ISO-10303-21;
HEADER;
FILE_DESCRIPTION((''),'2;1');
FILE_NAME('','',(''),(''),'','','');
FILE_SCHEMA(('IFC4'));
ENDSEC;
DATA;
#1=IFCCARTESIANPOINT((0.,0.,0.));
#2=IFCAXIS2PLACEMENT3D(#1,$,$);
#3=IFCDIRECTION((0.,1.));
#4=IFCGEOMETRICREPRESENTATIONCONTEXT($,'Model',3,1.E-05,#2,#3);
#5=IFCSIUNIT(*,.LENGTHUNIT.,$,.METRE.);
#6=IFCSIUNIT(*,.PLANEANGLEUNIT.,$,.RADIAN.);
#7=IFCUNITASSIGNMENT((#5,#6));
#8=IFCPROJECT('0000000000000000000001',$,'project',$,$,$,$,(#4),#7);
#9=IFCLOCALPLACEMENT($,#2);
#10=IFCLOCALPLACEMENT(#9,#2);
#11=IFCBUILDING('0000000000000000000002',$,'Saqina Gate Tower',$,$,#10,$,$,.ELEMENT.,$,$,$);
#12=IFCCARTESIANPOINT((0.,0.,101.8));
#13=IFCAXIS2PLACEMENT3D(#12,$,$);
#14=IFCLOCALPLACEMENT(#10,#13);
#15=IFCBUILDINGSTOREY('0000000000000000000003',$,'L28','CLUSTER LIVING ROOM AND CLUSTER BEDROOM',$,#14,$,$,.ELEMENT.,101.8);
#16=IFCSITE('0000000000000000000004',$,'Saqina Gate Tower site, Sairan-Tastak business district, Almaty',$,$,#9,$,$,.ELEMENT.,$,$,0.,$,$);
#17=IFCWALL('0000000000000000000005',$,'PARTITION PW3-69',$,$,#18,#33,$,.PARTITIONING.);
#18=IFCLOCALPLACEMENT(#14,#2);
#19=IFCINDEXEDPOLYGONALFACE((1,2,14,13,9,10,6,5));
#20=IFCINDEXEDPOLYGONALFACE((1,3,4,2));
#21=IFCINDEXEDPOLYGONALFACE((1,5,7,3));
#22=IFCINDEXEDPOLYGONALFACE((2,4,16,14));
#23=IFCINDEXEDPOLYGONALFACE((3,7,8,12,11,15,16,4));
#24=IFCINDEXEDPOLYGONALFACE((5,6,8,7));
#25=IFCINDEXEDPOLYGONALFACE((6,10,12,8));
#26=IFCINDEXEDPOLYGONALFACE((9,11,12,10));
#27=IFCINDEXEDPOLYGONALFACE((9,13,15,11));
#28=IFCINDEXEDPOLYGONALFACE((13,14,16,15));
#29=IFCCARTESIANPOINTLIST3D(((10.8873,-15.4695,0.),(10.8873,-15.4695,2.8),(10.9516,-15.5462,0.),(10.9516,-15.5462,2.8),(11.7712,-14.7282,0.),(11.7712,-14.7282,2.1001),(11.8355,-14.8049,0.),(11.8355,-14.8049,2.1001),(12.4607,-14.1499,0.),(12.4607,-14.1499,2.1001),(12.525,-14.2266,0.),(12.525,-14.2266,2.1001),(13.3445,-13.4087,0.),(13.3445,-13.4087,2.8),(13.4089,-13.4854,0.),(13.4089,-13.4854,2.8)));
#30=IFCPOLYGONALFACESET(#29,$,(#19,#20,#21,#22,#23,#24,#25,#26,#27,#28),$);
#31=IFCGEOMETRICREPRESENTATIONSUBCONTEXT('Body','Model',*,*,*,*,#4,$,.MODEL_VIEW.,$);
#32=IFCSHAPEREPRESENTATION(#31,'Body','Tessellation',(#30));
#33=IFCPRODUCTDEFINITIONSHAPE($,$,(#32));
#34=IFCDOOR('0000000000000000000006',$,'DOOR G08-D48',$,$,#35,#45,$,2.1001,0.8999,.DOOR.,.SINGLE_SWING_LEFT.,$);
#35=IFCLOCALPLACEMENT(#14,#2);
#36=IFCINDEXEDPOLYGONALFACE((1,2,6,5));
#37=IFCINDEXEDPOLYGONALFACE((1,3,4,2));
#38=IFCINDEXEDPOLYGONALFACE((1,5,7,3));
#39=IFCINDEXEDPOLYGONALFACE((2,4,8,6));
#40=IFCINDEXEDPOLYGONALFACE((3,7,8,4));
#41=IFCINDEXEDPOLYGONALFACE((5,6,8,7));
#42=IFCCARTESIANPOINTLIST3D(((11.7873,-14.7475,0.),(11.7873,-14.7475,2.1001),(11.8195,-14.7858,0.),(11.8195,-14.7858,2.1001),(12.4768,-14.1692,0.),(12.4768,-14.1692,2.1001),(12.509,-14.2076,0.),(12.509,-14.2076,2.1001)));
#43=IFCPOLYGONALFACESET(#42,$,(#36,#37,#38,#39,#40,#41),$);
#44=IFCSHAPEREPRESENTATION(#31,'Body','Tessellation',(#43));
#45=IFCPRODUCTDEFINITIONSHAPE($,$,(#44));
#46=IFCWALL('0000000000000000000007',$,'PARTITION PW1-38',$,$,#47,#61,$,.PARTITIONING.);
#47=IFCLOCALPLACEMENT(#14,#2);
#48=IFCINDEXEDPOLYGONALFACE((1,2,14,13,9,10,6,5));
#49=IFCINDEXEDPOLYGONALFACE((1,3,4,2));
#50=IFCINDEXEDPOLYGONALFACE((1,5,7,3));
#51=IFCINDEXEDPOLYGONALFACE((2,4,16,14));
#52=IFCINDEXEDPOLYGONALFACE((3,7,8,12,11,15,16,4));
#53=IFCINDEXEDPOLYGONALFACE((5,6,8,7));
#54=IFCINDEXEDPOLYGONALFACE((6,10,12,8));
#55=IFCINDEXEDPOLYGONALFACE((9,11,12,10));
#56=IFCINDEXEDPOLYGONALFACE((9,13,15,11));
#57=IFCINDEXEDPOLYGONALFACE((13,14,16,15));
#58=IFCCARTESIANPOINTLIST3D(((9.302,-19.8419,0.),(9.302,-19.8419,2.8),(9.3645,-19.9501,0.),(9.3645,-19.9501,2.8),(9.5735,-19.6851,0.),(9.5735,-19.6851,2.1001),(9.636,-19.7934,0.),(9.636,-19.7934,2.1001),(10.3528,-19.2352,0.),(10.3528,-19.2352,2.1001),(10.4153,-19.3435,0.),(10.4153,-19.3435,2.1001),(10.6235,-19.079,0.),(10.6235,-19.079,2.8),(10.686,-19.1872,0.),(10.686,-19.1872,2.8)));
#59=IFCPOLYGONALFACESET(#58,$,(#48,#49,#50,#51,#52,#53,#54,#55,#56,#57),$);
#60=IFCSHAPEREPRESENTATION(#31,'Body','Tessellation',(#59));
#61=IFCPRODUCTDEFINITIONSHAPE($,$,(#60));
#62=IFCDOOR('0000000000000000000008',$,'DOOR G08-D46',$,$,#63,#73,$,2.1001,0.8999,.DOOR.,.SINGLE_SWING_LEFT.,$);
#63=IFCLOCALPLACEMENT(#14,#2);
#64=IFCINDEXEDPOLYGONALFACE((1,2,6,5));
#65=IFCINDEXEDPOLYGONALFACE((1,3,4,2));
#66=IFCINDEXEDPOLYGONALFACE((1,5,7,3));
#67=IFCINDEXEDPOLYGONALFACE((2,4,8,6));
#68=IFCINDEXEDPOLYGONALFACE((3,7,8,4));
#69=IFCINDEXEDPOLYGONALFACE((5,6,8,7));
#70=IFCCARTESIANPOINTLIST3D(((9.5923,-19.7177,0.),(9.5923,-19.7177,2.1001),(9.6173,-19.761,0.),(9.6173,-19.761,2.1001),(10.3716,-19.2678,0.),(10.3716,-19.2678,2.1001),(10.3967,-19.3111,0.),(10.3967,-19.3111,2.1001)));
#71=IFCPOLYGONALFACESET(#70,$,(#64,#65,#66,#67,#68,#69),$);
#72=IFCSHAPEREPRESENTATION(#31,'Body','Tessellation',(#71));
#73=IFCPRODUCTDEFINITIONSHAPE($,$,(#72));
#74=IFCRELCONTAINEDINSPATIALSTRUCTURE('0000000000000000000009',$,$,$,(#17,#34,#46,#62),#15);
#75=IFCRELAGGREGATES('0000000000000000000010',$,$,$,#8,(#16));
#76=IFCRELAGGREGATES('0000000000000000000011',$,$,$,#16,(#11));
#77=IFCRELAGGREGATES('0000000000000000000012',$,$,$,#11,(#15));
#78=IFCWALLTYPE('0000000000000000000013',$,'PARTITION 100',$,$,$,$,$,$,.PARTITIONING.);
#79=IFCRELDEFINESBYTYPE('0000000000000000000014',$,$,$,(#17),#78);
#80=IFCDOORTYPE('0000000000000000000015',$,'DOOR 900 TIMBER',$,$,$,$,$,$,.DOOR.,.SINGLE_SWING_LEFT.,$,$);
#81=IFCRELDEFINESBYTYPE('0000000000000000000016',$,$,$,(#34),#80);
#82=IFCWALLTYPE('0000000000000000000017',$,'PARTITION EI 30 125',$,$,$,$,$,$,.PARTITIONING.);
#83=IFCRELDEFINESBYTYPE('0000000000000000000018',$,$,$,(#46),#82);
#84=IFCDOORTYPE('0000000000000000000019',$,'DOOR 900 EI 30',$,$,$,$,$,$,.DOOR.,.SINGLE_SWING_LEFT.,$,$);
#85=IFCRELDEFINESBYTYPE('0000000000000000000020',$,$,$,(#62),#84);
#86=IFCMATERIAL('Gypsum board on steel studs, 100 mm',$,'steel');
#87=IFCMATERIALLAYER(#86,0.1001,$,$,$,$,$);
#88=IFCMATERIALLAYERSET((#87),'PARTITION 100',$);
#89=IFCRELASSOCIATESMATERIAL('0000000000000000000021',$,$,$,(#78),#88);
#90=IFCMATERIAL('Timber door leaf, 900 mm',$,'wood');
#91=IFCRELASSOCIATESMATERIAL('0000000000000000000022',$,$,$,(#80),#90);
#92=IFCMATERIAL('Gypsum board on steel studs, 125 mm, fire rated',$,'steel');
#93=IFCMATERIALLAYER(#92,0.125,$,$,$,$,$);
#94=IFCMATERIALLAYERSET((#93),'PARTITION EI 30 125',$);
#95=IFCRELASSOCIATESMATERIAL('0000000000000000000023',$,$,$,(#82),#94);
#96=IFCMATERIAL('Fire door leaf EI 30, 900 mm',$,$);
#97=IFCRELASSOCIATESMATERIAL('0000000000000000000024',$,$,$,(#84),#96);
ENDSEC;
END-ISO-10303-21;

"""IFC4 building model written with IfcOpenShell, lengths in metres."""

from ifc_helpers import new_model, si_unit, direction, frame, frame_2d, origin, place, context, subcontext, project, spatial, rectangle, extrude, material, layer, layer_set, type_object, element, fill, save


model = new_model("IFC4")

# Units and contexts
model_context = context("Model", 3, precision=1e-05, world=origin(), true_north=direction((0.0, 1.0)))
body_context = subcontext(model_context, "Body", "Model", "MODEL_VIEW")
ifc_project = project(units=[si_unit("LENGTHUNIT", "METRE"), si_unit("PLANEANGLEUNIT", "RADIAN")], contexts=[model_context])

# Site, building, storey
site_placement = place(None, origin())
site = spatial("IfcSite", under=ifc_project, at=site_placement, Name="Saqina Gate Tower site, Sairan-Tastak business district, Almaty", CompositionType="ELEMENT", RefElevation=0.0)
building_placement = place(site_placement, origin())
building = spatial("IfcBuilding", under=site, at=building_placement, Name="Saqina Gate Tower", CompositionType="ELEMENT")
storey_placement = place(building_placement, frame((0.0, 0.0, 101.8)))
storey = spatial("IfcBuildingStorey", under=building, at=storey_placement, Name="L28", Description="CLUSTER LIVING ROOM AND CLUSTER BEDROOM", CompositionType="ELEMENT", Elevation=101.8)

# Shared definitions
ifc_material_1 = material(Name="Gypsum board on steel studs, 100 mm", Category="steel")
ifc_layer_1 = layer(ifc_material_1, 0.1001)
ifc_layer_set_1 = layer_set([ifc_layer_1], Name="PARTITION 100")
wall_type_1 = type_object("IfcWallType", Name="PARTITION 100", PredefinedType="PARTITIONING", material=ifc_layer_set_1)

# Walls, openings, doors
wall_1_placement = place(storey_placement, frame((10.9194, -15.5078, 0.0), z_axis=(0.0, 0.0, 1.0), x_axis=(0.766215, 0.642585, 0.0)))
wall_1 = element("IfcWall", 1, at=wall_1_placement, inside=storey, type_object=wall_type_1, Name="PARTITION PW3-69", PredefinedType="PARTITIONING", context=body_context, shape_type="SweptSolid", body=[
    extrude(rectangle(XDim=3.207, YDim=0.1001, at=frame_2d((1.6035, 0.0))), origin(), (0.0, 0.0, 1.0), 2.8),
])
opening_1_placement = place(wall_1_placement, frame((1.1536, 0.0, 0.0)))
opening_1 = element("IfcOpeningElement", 2, at=opening_1_placement, cuts=wall_1, PredefinedType="OPENING", context=body_context, shape_type="SweptSolid", body=[
    extrude(rectangle(XDim=0.8999, YDim=2.1001, at=frame_2d((0.45, 1.05))), frame((0.0, 0.062, 0.0), z_axis=(0.0, -1.0, 0.0), x_axis=(1.0, 0.0, 0.0)), (0.0, 0.0, 1.0), 0.124),
])
ifc_material_2 = material(Name="Timber door leaf, 900 mm", Category="wood")
door_type_1 = type_object("IfcDoorType", Name="DOOR 900 TIMBER", OperationType="SINGLE_SWING_LEFT", PredefinedType="DOOR", material=ifc_material_2)
door_1_placement = place(opening_1_placement, origin())
door_1 = element("IfcDoor", 3, at=door_1_placement, inside=storey, type_object=door_type_1, Name="DOOR G08-D48", OperationType="SINGLE_SWING_LEFT", OverallHeight=2.1001, OverallWidth=0.8999, PredefinedType="DOOR", context=body_context, shape_type="SweptSolid", body=[
    extrude(rectangle(XDim=0.8999, YDim=2.1001, at=frame_2d((0.45, 1.05))), frame((0.0, 0.0249, 0.0), z_axis=(0.0, -1.0, 0.0), x_axis=(1.0, 0.0, 0.0)), (0.0, 0.0, 1.0), 0.05),
])
fill(opening_1, door_1)
ifc_material_3 = material(Name="Gypsum board on steel studs, 125 mm, fire rated", Category="steel")
ifc_layer_2 = layer(ifc_material_3, 0.125)
ifc_layer_set_2 = layer_set([ifc_layer_2], Name="PARTITION EI 30 125")
wall_type_2 = type_object("IfcWallType", Name="PARTITION EI 30 125", PredefinedType="PARTITIONING", material=ifc_layer_set_2)
wall_2_placement = place(storey_placement, frame((9.3333, -19.896, 0.0), z_axis=(0.0, 0.0, 1.0), x_axis=(0.866039, 0.499976, 0.0)))
wall_2 = element("IfcWall", 4, at=wall_2_placement, inside=storey, type_object=wall_type_2, Name="PARTITION PW1-38", PredefinedType="PARTITIONING", context=body_context, shape_type="SweptSolid", body=[
    extrude(rectangle(XDim=1.5259, YDim=0.125, at=frame_2d((0.7629, 0.0))), origin(), (0.0, 0.0, 1.0), 2.8),
])
opening_2_placement = place(wall_2_placement, frame((0.3135, 0.0, 0.0)))
opening_2 = element("IfcOpeningElement", 5, at=opening_2_placement, cuts=wall_2, PredefinedType="OPENING", context=body_context, shape_type="SweptSolid", body=[
    extrude(rectangle(XDim=0.8999, YDim=2.1001, at=frame_2d((0.45, 1.05))), frame((0.0, 0.0745, 0.0), z_axis=(0.0, -1.0, 0.0), x_axis=(1.0, 0.0, 0.0)), (0.0, 0.0, 1.0), 0.1489),
])
ifc_material_4 = material(Name="Fire door leaf EI 30, 900 mm")
door_type_2 = type_object("IfcDoorType", Name="DOOR 900 EI 30", OperationType="SINGLE_SWING_LEFT", PredefinedType="DOOR", material=ifc_material_4)
door_2_placement = place(opening_2_placement, origin())
door_2 = element("IfcDoor", 6, at=door_2_placement, inside=storey, type_object=door_type_2, Name="DOOR G08-D46", OperationType="SINGLE_SWING_LEFT", OverallHeight=2.1001, OverallWidth=0.8999, PredefinedType="DOOR", context=body_context, shape_type="SweptSolid", body=[
    extrude(rectangle(XDim=0.8999, YDim=2.1001, at=frame_2d((0.45, 1.05))), frame((0.0, 0.0249, 0.0), z_axis=(0.0, -1.0, 0.0), x_axis=(1.0, 0.0, 0.0)), (0.0, 0.0, 1.0), 0.05),
])
fill(opening_2, door_2)

save(model, "model.ifc")
